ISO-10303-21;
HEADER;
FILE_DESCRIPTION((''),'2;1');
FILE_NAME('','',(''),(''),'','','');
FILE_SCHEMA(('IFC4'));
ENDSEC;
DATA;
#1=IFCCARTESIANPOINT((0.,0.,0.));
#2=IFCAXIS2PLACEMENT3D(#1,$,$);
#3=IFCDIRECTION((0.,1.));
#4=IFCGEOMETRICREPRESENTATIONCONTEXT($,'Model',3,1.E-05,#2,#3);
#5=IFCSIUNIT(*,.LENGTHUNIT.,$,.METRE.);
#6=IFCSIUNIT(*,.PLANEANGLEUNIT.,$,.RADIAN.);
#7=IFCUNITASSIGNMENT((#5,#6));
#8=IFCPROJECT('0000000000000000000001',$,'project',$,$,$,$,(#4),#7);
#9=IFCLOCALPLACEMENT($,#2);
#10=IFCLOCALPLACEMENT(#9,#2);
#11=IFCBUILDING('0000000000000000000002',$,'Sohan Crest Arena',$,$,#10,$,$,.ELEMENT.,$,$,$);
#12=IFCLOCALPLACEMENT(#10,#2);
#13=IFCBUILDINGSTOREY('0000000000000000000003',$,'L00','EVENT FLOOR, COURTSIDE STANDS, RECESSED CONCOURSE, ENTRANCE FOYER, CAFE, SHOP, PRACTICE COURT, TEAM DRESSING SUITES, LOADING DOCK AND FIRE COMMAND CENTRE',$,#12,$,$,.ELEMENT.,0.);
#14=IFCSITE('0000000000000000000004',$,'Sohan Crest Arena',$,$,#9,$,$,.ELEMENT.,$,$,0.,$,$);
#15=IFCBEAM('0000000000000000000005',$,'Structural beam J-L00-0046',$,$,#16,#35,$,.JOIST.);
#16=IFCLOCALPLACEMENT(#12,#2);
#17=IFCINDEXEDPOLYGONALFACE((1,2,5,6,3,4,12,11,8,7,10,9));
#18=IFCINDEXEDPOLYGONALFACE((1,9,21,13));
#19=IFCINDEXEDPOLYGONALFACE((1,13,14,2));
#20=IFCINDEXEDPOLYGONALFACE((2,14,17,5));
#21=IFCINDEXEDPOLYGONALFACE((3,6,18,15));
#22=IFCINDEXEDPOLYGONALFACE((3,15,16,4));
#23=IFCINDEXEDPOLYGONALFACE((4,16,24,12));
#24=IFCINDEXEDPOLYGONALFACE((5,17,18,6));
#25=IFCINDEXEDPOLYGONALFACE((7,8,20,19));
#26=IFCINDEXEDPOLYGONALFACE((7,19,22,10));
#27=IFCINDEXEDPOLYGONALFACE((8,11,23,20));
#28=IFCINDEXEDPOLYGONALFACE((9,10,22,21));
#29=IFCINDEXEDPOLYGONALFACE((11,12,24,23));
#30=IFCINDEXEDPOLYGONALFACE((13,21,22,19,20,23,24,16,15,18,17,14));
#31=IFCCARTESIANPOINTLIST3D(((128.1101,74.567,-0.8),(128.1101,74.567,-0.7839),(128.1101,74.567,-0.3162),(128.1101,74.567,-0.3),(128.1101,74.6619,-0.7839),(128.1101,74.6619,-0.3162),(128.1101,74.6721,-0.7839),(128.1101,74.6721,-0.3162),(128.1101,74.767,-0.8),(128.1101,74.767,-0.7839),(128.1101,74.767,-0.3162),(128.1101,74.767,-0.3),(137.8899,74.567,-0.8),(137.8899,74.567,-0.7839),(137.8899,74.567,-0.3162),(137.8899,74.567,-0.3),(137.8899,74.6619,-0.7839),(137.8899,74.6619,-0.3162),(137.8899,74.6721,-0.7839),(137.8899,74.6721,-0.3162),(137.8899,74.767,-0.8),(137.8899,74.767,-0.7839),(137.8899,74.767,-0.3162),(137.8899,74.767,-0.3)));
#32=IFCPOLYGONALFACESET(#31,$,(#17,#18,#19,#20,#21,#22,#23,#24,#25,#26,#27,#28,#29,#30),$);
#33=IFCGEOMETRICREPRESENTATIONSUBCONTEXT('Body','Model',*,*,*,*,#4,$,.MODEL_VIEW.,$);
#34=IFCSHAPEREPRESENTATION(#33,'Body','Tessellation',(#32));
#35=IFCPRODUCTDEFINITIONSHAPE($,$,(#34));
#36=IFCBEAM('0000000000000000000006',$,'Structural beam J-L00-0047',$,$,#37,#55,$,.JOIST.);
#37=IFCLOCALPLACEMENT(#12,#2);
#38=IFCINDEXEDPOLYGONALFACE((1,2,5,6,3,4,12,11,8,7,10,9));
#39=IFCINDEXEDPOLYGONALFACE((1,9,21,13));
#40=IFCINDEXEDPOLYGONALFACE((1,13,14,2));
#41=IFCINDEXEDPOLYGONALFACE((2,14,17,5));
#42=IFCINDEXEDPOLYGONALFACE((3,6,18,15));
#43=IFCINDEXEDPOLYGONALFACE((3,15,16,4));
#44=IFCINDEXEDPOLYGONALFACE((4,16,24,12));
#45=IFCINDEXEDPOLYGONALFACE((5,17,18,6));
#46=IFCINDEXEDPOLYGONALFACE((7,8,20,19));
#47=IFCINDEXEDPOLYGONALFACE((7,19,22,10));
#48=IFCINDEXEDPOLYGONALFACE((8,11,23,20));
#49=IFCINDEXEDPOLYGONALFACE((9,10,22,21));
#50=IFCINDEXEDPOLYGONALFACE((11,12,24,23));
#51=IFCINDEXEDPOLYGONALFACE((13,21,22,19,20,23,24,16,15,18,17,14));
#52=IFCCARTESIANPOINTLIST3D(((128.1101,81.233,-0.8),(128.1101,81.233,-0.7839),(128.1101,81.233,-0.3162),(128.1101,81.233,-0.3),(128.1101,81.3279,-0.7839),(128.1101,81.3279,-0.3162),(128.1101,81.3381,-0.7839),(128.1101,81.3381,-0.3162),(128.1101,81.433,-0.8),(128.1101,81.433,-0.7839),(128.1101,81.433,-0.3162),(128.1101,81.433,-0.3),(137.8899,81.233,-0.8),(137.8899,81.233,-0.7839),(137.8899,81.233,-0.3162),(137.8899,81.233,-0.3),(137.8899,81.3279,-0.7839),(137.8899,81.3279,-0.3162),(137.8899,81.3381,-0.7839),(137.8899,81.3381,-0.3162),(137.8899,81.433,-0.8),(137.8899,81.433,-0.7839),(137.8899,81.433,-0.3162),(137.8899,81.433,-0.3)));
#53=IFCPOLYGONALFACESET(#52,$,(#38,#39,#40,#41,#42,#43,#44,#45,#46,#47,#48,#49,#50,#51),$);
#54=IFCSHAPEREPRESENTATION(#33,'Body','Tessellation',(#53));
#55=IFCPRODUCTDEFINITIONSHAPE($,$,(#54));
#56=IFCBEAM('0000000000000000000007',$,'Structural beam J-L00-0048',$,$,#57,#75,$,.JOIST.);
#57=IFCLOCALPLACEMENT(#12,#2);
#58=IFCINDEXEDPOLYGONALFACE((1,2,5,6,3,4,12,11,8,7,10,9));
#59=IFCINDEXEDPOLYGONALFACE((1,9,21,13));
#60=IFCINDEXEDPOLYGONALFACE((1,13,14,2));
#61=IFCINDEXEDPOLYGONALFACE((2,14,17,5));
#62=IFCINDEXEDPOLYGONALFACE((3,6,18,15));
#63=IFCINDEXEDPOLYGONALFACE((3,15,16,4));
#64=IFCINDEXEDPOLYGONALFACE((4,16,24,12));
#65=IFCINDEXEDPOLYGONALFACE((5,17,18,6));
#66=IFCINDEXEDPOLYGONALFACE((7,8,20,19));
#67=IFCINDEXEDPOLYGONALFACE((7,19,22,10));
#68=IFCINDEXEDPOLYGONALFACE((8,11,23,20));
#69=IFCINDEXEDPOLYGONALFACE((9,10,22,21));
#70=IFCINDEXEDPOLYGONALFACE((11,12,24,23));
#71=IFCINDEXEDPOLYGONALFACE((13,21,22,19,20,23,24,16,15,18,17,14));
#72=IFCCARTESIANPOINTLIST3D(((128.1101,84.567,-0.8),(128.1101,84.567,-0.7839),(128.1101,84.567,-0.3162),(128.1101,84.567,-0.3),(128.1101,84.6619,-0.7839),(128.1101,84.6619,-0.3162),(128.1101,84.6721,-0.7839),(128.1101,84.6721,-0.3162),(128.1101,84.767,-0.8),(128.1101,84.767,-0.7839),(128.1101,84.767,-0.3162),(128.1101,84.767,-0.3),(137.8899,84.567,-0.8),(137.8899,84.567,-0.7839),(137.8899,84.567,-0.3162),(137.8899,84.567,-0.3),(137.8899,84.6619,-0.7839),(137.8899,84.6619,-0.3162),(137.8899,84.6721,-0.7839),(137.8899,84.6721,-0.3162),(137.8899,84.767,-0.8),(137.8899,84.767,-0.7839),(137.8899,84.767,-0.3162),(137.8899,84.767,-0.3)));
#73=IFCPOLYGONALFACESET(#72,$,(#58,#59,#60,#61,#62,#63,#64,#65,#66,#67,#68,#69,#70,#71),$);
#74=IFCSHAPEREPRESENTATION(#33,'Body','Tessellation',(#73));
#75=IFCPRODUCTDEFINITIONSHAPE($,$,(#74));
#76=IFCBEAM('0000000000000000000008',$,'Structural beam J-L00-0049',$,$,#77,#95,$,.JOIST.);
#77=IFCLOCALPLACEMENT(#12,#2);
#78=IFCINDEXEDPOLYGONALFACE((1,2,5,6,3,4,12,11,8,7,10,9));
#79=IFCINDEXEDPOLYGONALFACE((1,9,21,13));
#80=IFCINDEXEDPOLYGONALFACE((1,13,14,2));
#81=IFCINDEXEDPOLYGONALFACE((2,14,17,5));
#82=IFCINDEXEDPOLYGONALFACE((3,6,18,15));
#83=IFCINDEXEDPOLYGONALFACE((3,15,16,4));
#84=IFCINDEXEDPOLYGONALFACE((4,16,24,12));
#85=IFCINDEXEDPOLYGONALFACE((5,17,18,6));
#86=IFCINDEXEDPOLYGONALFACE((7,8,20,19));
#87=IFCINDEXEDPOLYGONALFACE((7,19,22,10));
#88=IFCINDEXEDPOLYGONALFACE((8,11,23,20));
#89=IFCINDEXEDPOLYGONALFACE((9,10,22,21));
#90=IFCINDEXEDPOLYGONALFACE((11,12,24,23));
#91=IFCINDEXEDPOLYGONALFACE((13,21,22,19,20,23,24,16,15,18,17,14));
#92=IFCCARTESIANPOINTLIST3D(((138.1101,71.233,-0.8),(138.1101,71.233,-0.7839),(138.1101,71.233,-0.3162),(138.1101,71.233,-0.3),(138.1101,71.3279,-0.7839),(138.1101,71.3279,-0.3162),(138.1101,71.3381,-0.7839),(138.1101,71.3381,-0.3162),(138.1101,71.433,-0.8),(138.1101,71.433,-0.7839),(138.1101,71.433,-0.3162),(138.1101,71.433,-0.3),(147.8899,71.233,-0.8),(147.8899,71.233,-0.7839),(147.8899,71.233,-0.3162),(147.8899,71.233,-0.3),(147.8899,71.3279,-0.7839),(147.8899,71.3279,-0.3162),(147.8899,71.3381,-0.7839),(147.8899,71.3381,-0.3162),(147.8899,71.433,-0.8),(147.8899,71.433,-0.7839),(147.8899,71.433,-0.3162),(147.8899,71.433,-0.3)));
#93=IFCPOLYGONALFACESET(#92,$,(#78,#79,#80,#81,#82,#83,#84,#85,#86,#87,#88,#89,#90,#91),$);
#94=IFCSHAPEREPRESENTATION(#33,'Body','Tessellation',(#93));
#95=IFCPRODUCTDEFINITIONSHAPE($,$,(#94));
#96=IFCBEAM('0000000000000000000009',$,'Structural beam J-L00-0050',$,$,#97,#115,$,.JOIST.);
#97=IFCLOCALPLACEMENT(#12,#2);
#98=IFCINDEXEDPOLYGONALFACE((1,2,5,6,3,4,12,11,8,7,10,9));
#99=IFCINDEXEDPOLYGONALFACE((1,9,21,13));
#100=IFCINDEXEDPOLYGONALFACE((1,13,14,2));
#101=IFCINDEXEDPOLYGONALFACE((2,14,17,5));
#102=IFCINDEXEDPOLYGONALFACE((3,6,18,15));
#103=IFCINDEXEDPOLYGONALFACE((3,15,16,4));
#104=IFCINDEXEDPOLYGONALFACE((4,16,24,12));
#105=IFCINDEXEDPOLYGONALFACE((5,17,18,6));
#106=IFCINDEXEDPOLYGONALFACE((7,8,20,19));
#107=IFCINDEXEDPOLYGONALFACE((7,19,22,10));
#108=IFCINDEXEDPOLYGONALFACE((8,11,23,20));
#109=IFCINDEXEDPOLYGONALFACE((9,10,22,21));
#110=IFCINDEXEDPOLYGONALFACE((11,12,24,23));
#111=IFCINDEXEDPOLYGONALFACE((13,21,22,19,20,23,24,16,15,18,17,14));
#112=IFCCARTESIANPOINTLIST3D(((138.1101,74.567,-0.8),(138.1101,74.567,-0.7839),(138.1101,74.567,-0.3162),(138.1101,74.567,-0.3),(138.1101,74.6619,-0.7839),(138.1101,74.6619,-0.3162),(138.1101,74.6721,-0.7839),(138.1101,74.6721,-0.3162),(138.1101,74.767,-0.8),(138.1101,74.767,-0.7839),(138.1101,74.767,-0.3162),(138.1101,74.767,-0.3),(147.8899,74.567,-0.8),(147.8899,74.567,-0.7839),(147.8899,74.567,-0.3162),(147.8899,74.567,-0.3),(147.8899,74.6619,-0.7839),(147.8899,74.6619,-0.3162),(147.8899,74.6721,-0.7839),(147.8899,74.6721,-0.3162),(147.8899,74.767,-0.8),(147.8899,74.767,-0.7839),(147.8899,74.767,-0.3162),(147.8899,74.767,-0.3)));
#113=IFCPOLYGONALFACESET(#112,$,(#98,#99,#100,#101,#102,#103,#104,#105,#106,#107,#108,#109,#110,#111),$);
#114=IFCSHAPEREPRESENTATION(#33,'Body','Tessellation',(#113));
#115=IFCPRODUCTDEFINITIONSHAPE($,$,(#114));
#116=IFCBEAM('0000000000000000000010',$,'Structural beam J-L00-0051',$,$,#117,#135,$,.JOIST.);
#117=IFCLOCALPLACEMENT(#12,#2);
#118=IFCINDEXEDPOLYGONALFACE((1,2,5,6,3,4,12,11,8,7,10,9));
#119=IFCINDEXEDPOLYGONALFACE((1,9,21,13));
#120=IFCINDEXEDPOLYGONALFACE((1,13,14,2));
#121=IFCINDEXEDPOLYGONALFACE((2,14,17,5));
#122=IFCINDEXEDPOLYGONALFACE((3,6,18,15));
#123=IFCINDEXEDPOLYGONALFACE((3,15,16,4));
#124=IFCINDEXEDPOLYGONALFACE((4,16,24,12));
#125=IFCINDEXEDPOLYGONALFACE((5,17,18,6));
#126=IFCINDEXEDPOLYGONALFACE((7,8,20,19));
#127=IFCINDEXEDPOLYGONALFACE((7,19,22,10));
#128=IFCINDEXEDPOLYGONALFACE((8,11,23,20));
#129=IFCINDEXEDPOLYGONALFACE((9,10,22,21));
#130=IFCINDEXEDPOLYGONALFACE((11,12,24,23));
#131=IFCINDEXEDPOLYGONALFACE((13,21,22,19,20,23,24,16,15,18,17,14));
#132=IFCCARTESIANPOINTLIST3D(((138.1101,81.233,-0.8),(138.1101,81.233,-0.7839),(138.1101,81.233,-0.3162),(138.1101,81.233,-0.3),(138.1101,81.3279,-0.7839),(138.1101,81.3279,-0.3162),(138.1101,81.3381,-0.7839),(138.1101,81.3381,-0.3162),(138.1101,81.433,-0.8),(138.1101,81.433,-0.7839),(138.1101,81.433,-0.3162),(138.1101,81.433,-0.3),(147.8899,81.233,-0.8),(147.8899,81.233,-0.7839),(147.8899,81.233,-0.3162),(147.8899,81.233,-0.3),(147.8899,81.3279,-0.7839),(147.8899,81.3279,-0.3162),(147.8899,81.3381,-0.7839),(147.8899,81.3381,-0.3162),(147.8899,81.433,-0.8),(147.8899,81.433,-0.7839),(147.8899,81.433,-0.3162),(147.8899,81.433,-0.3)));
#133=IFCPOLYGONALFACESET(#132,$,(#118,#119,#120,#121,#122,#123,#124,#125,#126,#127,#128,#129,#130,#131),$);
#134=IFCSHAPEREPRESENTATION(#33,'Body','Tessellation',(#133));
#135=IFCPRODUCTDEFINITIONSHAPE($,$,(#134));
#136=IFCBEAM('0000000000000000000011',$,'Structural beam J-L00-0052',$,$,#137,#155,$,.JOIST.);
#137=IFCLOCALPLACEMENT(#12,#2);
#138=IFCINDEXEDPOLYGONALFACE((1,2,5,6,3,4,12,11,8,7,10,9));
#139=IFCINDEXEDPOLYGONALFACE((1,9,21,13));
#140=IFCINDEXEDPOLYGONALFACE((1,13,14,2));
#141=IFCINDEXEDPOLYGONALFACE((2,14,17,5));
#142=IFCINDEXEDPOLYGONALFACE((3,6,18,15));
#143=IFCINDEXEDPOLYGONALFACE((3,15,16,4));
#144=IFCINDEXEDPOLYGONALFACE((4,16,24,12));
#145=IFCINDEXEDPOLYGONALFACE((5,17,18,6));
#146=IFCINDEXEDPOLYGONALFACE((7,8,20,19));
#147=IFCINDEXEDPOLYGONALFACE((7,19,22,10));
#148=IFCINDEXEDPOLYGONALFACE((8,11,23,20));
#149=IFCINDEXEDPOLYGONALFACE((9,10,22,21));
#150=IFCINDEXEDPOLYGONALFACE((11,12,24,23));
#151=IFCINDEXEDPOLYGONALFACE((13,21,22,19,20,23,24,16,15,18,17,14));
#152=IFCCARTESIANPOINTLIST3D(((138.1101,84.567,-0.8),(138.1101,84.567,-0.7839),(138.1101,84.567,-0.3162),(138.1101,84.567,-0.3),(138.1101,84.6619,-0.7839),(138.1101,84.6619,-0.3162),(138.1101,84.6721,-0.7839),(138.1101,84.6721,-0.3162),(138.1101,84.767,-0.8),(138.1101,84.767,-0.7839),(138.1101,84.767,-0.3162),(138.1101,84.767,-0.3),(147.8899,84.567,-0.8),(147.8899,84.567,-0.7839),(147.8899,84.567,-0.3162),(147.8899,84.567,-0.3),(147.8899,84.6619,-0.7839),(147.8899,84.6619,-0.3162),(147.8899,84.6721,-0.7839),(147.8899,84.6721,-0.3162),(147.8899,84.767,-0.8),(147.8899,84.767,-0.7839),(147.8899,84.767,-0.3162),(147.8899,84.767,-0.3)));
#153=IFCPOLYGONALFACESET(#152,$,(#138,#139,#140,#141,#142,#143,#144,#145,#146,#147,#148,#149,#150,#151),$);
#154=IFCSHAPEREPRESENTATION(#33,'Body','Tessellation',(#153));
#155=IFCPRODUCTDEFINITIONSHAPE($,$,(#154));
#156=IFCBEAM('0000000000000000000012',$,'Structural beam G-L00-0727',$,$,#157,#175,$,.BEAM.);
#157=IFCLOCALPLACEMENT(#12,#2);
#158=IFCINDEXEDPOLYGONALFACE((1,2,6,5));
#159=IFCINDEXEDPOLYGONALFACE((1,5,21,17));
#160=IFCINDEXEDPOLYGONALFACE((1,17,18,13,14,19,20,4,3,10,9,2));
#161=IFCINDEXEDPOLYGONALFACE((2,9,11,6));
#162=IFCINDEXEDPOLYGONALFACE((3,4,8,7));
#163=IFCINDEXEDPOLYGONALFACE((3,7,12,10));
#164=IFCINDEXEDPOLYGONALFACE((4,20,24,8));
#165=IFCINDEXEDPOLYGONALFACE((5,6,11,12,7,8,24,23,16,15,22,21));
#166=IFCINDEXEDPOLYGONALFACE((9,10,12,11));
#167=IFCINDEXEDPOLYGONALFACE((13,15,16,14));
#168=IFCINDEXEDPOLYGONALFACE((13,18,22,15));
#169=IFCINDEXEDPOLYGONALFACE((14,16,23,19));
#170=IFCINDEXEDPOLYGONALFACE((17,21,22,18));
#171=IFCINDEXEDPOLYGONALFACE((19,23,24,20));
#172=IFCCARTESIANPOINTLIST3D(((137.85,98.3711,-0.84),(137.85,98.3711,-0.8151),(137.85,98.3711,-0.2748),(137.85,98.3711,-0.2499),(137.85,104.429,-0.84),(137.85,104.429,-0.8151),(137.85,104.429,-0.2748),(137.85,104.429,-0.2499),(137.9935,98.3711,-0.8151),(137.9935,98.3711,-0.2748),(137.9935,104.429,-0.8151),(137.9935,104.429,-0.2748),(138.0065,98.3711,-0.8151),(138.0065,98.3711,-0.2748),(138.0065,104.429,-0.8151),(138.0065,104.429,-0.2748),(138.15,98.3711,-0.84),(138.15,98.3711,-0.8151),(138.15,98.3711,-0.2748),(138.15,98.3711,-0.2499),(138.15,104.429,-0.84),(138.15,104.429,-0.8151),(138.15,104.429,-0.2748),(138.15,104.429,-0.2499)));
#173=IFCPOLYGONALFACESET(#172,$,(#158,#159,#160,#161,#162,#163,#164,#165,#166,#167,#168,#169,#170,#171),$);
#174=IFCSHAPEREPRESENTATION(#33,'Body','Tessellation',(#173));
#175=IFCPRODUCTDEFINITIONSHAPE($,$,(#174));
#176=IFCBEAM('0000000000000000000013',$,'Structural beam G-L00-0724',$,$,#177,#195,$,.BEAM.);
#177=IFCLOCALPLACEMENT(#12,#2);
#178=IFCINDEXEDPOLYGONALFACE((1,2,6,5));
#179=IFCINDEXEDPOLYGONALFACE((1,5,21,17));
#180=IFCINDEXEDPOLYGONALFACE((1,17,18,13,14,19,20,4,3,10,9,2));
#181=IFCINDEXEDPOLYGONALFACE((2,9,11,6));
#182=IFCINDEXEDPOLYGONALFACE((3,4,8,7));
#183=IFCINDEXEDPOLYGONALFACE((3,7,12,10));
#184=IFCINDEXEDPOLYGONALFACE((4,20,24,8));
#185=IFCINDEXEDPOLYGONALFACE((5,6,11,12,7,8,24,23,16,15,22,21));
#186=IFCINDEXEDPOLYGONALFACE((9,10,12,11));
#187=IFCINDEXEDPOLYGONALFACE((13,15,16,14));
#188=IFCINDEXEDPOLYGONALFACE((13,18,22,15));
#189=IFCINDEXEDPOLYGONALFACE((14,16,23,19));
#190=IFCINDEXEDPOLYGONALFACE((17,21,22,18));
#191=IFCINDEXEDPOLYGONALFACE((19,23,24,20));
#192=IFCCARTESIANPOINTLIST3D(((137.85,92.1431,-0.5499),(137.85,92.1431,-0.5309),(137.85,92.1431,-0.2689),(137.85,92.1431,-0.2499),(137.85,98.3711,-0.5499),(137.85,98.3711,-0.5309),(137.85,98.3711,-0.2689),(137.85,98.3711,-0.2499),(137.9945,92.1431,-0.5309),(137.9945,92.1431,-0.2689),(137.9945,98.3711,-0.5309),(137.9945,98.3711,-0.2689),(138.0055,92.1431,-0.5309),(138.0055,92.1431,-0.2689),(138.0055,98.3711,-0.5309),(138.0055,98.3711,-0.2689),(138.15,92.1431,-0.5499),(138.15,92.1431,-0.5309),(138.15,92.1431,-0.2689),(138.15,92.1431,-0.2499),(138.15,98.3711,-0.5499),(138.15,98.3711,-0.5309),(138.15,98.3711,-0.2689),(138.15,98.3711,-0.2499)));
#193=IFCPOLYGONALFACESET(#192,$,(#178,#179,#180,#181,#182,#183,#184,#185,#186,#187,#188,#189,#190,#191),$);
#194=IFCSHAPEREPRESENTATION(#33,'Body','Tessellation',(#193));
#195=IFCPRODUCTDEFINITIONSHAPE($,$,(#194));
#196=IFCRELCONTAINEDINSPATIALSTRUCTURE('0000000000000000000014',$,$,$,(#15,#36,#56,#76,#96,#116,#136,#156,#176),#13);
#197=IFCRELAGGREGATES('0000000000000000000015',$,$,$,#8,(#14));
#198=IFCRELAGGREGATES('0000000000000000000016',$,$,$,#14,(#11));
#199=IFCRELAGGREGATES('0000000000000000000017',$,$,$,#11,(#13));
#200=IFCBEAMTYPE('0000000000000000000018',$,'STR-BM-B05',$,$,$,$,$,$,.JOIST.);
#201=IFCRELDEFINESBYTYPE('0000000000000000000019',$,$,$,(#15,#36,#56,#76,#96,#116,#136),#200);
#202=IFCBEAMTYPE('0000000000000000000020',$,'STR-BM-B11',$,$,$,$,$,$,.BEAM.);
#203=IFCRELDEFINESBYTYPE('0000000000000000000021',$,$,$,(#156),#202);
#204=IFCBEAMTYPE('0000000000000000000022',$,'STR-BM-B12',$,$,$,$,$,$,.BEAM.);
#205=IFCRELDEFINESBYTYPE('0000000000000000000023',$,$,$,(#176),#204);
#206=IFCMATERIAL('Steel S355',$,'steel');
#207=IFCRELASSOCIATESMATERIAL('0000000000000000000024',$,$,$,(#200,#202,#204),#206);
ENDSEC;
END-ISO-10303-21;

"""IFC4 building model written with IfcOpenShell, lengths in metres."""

from ifc_helpers import new_model, si_unit, direction, frame, origin, origin_2d, place, context, subcontext, project, spatial, i_section, extrude, material, material_profile, profile_set, type_object, element, save


model = new_model("IFC4")

# Units and contexts
model_context = context("Model", 3, precision=1e-05, world=origin(), true_north=direction((0.0, 1.0)))
body_context = subcontext(model_context, "Body", "Model", "MODEL_VIEW")
ifc_project = project(units=[si_unit("LENGTHUNIT", "METRE"), si_unit("PLANEANGLEUNIT", "RADIAN")], contexts=[model_context])

# Site, building, storey
site_placement = place(None, origin())
site = spatial("IfcSite", under=ifc_project, at=site_placement, Name="Sohan Crest Arena", CompositionType="ELEMENT", RefElevation=0.0)
building_placement = place(site_placement, origin())
building = spatial("IfcBuilding", under=site, at=building_placement, Name="Sohan Crest Arena", CompositionType="ELEMENT")
storey_placement = place(building_placement, origin())
storey = spatial("IfcBuildingStorey", under=building, at=storey_placement, Name="L00", Description="EVENT FLOOR, COURTSIDE STANDS, RECESSED CONCOURSE, ENTRANCE FOYER, CAFE, SHOP, PRACTICE COURT, TEAM DRESSING SUITES, LOADING DOCK AND FIRE COMMAND CENTRE", CompositionType="ELEMENT", Elevation=0.0)

# Beams
ifc_material_1 = material(Name="Steel S355", Category="steel")
ifc_material_profile_1 = material_profile(ifc_material_1, i_section(OverallWidth=0.2, OverallDepth=0.5, WebThickness=0.0103, FlangeThickness=0.0161, at=origin_2d()), Name="IPE 500")
ifc_profile_set_1 = profile_set([ifc_material_profile_1], Name="Steel S355")
beam_type_1 = type_object("IfcBeamType", Name="STR-BM-B05", PredefinedType="JOIST", material=ifc_profile_set_1)
for number, where, z_axis, x_axis, name in (
    (1, (128.1101, 74.667, -0.55), (1.0, 0.0, 0.0), (0.0, 1.0, 0.0), "Structural beam J-L00-0046"),
    (2, (128.1101, 81.333, -0.55), (1.0, 0.0, 0.0), (0.0, 1.0, 0.0), "Structural beam J-L00-0047"),
    (3, (128.1101, 84.667, -0.55), (1.0, 0.0, 0.0), (0.0, 1.0, 0.0), "Structural beam J-L00-0048"),
    (4, (138.1101, 71.333, -0.55), (1.0, 0.0, 0.0), (0.0, 1.0, 0.0), "Structural beam J-L00-0049"),
    (5, (138.1101, 74.667, -0.55), (1.0, 0.0, 0.0), (0.0, 1.0, 0.0), "Structural beam J-L00-0050"),
    (6, (138.1101, 81.333, -0.55), (1.0, 0.0, 0.0), (0.0, 1.0, 0.0), "Structural beam J-L00-0051"),
    (7, (138.1101, 84.667, -0.55), (1.0, 0.0, 0.0), (0.0, 1.0, 0.0), "Structural beam J-L00-0052"),
):
    element("IfcBeam", number, at=place(storey_placement, frame(where, z_axis=z_axis, x_axis=x_axis)), inside=storey, type_object=beam_type_1, Name=name, PredefinedType="JOIST", context=body_context, shape_type="SweptSolid", body=[
        extrude(i_section(OverallWidth=0.2, OverallDepth=0.5, WebThickness=0.0103, FlangeThickness=0.0161, at=origin_2d()), origin(), (0.0, 0.0, 1.0), 9.7798),
    ])
ifc_material_profile_2 = material_profile(ifc_material_1, i_section(OverallWidth=0.3, OverallDepth=0.5901, WebThickness=0.0129, FlangeThickness=0.0249, at=origin_2d()), Name="HEA 600")
ifc_profile_set_2 = profile_set([ifc_material_profile_2], Name="Steel S355")
beam_type_2 = type_object("IfcBeamType", Name="STR-BM-B11", PredefinedType="BEAM", material=ifc_profile_set_2)
beam_1_placement = place(storey_placement, frame((138.0, 98.3711, -0.5449), z_axis=(0.0, 1.0, 0.0), x_axis=(-1.0, 0.0, 0.0)))
element("IfcBeam", 8, at=beam_1_placement, inside=storey, type_object=beam_type_2, Name="Structural beam G-L00-0727", PredefinedType="BEAM", context=body_context, shape_type="SweptSolid", body=[
    extrude(i_section(OverallWidth=0.3, OverallDepth=0.5901, WebThickness=0.0129, FlangeThickness=0.0249, at=origin_2d()), origin(), (0.0, 0.0, 1.0), 6.0579),
])
ifc_material_profile_3 = material_profile(ifc_material_1, i_section(OverallWidth=0.3, OverallDepth=0.3, WebThickness=0.011, FlangeThickness=0.019, at=origin_2d()), Name="HEB 300")
ifc_profile_set_3 = profile_set([ifc_material_profile_3], Name="Steel S355")
beam_type_3 = type_object("IfcBeamType", Name="STR-BM-B12", PredefinedType="BEAM", material=ifc_profile_set_3)
beam_2_placement = place(storey_placement, frame((138.0, 92.1431, -0.3999), z_axis=(0.0, 1.0, 0.0), x_axis=(-1.0, 0.0, 0.0)))
element("IfcBeam", 9, at=beam_2_placement, inside=storey, type_object=beam_type_3, Name="Structural beam G-L00-0724", PredefinedType="BEAM", context=body_context, shape_type="SweptSolid", body=[
    extrude(i_section(OverallWidth=0.3, OverallDepth=0.3, WebThickness=0.011, FlangeThickness=0.019, at=origin_2d()), origin(), (0.0, 0.0, 1.0), 6.228),
])

save(model, "model.ifc")
